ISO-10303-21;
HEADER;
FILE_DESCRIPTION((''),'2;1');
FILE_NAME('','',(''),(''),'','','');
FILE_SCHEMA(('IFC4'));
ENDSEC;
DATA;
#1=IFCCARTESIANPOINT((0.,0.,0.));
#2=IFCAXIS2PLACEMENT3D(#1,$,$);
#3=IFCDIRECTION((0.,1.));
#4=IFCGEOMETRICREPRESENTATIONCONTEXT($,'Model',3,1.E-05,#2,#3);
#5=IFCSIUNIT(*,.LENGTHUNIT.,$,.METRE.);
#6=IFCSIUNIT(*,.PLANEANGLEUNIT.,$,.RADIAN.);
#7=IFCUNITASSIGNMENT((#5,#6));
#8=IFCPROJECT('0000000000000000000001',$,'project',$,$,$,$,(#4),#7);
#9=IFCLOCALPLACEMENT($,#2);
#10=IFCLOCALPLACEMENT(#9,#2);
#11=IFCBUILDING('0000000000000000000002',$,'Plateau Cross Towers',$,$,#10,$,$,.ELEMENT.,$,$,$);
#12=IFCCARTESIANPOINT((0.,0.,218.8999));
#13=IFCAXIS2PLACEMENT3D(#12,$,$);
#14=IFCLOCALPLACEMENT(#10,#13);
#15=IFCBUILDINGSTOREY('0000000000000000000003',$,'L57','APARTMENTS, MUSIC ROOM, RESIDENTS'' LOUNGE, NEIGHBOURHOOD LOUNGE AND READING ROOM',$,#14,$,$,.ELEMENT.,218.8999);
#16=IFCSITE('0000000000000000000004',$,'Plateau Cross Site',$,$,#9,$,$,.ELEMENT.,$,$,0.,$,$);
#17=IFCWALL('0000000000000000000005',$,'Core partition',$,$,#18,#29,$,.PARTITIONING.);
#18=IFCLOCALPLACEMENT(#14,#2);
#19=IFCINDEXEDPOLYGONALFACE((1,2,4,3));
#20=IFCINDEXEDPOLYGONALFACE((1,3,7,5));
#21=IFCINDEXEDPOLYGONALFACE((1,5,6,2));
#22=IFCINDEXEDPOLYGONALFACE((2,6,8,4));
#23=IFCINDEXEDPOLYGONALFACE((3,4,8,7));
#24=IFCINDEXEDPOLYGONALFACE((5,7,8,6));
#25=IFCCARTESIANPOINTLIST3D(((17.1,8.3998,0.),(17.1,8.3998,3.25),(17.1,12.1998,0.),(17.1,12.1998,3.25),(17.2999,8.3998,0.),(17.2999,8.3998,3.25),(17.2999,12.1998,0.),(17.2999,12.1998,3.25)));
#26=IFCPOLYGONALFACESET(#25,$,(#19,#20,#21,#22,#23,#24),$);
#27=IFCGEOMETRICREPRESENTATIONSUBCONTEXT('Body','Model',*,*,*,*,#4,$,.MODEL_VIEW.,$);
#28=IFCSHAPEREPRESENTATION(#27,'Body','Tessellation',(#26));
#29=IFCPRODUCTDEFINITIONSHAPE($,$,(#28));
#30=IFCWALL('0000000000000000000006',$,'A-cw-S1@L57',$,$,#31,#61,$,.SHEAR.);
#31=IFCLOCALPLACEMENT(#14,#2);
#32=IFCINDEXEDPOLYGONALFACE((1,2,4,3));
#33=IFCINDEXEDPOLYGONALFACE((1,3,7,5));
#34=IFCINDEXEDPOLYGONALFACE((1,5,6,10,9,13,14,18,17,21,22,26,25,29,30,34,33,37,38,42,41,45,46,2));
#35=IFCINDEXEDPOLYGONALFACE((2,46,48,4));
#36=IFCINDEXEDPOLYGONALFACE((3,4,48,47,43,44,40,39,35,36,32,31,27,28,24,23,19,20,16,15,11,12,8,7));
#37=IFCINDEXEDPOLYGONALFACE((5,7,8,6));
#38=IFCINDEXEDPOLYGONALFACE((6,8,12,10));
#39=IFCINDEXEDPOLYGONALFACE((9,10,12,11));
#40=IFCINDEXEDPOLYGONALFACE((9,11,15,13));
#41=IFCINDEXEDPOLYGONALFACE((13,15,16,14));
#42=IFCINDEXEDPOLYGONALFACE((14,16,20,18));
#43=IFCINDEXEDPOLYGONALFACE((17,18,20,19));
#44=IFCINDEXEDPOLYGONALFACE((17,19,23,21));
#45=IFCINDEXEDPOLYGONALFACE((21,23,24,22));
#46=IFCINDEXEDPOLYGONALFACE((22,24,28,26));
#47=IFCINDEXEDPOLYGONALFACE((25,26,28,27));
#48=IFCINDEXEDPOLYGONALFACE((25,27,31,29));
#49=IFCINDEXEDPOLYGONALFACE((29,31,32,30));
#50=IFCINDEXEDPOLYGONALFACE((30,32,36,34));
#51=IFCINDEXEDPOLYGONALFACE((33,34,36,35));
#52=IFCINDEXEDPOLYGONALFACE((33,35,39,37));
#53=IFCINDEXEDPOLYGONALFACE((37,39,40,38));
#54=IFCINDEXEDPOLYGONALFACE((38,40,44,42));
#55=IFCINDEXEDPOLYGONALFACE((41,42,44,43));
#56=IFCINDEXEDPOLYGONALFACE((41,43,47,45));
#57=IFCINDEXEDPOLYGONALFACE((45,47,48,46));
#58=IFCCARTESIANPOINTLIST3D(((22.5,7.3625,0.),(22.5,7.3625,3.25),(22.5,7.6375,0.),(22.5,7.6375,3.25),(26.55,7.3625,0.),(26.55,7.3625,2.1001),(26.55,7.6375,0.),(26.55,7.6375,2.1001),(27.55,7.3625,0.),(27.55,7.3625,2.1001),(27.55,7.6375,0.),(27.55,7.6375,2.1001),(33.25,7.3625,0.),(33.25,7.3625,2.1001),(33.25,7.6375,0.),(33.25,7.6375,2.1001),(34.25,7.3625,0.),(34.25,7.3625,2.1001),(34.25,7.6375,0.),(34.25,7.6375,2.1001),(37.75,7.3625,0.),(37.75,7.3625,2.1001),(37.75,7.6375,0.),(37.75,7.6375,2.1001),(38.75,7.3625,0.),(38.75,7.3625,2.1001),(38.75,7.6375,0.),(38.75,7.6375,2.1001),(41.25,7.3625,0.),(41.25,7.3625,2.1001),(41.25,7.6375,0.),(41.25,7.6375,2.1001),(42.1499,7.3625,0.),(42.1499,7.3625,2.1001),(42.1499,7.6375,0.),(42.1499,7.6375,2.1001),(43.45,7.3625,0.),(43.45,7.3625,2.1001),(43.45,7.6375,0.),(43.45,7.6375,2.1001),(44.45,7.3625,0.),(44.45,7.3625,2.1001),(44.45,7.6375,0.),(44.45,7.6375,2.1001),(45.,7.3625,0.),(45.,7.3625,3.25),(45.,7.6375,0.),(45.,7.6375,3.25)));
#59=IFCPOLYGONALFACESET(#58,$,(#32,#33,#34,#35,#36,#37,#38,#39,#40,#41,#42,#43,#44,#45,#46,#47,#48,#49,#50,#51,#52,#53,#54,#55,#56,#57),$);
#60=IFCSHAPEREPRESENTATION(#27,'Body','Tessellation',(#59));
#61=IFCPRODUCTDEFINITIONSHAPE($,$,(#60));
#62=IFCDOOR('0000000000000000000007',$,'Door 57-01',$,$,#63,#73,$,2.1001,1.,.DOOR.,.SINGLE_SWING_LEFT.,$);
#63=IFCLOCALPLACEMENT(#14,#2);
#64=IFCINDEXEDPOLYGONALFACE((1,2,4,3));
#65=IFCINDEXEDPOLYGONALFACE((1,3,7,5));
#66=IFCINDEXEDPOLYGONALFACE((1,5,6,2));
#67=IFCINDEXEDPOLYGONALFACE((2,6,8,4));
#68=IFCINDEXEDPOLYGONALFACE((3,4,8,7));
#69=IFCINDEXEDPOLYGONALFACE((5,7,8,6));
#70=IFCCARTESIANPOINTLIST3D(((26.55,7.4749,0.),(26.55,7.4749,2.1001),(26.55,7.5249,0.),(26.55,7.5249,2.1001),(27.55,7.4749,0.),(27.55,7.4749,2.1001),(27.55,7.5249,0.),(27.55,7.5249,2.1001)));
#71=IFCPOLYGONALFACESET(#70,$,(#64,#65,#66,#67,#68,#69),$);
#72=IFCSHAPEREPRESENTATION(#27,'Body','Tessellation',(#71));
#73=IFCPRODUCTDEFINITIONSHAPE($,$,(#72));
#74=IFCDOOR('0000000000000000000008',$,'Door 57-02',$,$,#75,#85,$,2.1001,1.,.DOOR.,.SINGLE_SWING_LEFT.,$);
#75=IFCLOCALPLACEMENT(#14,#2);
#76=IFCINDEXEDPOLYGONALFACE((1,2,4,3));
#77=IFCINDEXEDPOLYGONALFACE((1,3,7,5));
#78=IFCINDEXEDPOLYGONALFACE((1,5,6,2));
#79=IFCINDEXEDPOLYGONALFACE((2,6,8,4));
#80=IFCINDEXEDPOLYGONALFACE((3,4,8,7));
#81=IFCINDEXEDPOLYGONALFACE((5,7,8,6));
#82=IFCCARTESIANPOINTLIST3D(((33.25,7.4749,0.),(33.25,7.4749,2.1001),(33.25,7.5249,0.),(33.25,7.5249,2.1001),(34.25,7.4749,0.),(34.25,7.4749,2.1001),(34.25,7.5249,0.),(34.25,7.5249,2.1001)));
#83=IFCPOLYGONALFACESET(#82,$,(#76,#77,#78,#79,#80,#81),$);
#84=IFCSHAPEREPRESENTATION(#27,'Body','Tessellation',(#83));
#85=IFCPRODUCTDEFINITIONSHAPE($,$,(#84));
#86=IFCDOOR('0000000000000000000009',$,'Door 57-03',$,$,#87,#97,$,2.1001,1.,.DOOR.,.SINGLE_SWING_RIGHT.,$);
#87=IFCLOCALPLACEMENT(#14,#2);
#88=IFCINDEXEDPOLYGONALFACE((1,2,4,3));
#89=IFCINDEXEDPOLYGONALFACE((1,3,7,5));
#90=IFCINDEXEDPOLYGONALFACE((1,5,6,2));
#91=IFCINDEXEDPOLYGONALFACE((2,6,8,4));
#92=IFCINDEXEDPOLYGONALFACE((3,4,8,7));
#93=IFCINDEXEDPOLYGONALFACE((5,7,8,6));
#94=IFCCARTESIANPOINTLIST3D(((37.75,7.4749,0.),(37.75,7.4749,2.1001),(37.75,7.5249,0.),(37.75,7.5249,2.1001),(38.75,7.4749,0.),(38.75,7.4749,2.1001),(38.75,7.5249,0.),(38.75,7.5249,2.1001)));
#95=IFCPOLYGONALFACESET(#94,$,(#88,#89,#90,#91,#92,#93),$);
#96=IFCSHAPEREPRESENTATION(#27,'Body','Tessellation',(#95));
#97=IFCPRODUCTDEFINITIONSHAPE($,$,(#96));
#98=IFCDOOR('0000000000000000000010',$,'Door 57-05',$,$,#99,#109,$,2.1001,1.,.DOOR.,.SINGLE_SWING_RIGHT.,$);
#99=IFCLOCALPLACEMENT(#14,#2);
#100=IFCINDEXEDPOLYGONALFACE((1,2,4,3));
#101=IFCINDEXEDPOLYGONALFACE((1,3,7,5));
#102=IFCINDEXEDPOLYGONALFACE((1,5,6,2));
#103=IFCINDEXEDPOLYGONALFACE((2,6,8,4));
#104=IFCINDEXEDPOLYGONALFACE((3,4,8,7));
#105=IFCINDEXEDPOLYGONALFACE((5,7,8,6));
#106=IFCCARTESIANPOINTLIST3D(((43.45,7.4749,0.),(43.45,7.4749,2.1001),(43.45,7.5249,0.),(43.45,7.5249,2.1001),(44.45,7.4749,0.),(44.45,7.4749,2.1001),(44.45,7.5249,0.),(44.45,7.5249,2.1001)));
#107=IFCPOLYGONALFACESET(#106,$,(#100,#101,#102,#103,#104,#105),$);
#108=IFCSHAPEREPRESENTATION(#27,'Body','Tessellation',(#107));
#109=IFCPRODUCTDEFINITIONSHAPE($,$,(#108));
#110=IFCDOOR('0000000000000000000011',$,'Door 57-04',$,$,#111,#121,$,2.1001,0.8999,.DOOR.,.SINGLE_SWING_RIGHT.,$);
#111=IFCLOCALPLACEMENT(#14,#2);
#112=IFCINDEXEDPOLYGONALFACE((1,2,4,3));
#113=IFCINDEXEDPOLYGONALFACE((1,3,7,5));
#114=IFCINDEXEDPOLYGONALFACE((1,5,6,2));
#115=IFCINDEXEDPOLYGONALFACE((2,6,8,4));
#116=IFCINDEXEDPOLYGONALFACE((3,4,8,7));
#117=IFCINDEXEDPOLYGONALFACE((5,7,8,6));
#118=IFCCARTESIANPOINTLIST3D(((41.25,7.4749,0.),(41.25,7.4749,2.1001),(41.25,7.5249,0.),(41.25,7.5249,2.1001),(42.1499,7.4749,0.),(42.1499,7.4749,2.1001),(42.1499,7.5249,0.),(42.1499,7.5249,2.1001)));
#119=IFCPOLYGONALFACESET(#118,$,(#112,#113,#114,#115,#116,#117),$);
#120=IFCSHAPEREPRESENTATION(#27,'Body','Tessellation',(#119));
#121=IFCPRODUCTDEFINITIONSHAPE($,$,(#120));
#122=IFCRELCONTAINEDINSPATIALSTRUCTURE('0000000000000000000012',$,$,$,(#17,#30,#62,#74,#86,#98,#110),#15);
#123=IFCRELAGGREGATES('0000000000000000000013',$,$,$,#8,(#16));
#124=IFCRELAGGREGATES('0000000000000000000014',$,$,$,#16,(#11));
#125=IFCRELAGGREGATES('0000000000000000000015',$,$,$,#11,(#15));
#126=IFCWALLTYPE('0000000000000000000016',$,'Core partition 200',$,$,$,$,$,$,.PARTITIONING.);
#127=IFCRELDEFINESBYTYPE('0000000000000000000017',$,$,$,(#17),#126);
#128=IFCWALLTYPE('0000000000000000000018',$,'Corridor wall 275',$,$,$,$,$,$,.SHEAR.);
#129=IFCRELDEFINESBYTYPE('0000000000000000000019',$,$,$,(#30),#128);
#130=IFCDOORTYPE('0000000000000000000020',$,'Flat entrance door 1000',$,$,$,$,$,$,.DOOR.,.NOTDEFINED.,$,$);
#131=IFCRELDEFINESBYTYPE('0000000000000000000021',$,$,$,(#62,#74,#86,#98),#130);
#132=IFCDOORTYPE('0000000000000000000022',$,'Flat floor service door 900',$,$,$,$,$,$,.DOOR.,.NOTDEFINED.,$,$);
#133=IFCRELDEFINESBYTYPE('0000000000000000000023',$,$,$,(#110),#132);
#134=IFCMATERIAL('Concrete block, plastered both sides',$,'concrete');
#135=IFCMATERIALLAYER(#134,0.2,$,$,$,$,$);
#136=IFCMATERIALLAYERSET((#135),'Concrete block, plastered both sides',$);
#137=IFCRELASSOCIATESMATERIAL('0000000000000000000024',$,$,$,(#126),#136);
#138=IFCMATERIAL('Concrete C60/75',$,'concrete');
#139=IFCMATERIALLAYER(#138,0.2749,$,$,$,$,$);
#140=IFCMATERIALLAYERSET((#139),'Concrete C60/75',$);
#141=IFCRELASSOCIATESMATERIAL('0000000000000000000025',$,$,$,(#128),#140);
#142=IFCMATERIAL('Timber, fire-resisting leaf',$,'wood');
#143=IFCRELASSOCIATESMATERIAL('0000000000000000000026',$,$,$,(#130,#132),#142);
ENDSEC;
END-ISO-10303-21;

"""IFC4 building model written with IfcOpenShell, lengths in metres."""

from ifc_helpers import new_model, si_unit, direction, frame, frame_2d, origin, place, context, subcontext, project, spatial, rectangle, extrude, material, layer, layer_set, type_object, element, fill, save


model = new_model("IFC4")

# Units and contexts
model_context = context("Model", 3, precision=1e-05, world=origin(), true_north=direction((0.0, 1.0)))
body_context = subcontext(model_context, "Body", "Model", "MODEL_VIEW")
ifc_project = project(units=[si_unit("LENGTHUNIT", "METRE"), si_unit("PLANEANGLEUNIT", "RADIAN")], contexts=[model_context])

# Site, building, storey
site_placement = place(None, origin())
site = spatial("IfcSite", under=ifc_project, at=site_placement, Name="Plateau Cross Site", CompositionType="ELEMENT", RefElevation=0.0)
building_placement = place(site_placement, origin())
building = spatial("IfcBuilding", under=site, at=building_placement, Name="Plateau Cross Towers", CompositionType="ELEMENT")
storey_placement = place(building_placement, frame((0.0, 0.0, 218.8999)))
storey = spatial("IfcBuildingStorey", under=building, at=storey_placement, Name="L57", Description="APARTMENTS, MUSIC ROOM, RESIDENTS' LOUNGE, NEIGHBOURHOOD LOUNGE AND READING ROOM", CompositionType="ELEMENT", Elevation=218.8999)

# Wall
ifc_material_1 = material(Name="Concrete block, plastered both sides", Category="concrete")
ifc_layer_1 = layer(ifc_material_1, 0.2)
ifc_layer_set_1 = layer_set([ifc_layer_1], Name="Concrete block, plastered both sides")
wall_type_1 = type_object("IfcWallType", Name="Core partition 200", PredefinedType="PARTITIONING", material=ifc_layer_set_1)
wall_1_placement = place(storey_placement, frame((17.2, 8.3999, 0.0), z_axis=(0.0, 0.0, 1.0), x_axis=(0.0, 1.0, 0.0)))
element("IfcWall", 1, at=wall_1_placement, inside=storey, type_object=wall_type_1, Name="Core partition", PredefinedType="PARTITIONING", context=body_context, shape_type="SweptSolid", body=[
    extrude(rectangle(XDim=3.8, YDim=0.2, at=frame_2d((1.8999, 0.0))), origin(), (0.0, 0.0, 1.0), 3.25),
])

# Wall, openings, doors
ifc_material_2 = material(Name="Concrete C60/75", Category="concrete")
ifc_layer_2 = layer(ifc_material_2, 0.2749)
ifc_layer_set_2 = layer_set([ifc_layer_2], Name="Concrete C60/75")
wall_type_2 = type_object("IfcWallType", Name="Corridor wall 275", PredefinedType="SHEAR", material=ifc_layer_set_2)
wall_2_placement = place(storey_placement, frame((22.5, 7.5, 0.0), z_axis=(0.0, 0.0, 1.0), x_axis=(1.0, 0.0, 0.0)))
wall_2 = element("IfcWall", 2, at=wall_2_placement, inside=storey, type_object=wall_type_2, Name="A-cw-S1@L57", PredefinedType="SHEAR", context=body_context, shape_type="SweptSolid", body=[
    extrude(rectangle(XDim=22.5, YDim=0.2749, at=frame_2d((11.25, 0.0))), origin(), (0.0, 0.0, 1.0), 3.25),
])
opening_1_placement = place(wall_2_placement, frame((4.05, 0.0, 0.0)))
opening_1 = element("IfcOpeningElement", 3, at=opening_1_placement, cuts=wall_2, PredefinedType="OPENING", context=body_context, shape_type="SweptSolid", body=[
    extrude(rectangle(XDim=1.0, YDim=2.1001, at=frame_2d((0.5, 1.05))), frame((0.0, 0.1475, 0.0), z_axis=(0.0, -1.0, 0.0), x_axis=(1.0, 0.0, 0.0)), (0.0, 0.0, 1.0), 0.2949),
])
opening_2_placement = place(wall_2_placement, frame((10.75, 0.0, 0.0)))
opening_2 = element("IfcOpeningElement", 4, at=opening_2_placement, cuts=wall_2, PredefinedType="OPENING", context=body_context, shape_type="SweptSolid", body=[
    extrude(rectangle(XDim=1.0, YDim=2.1001, at=frame_2d((0.5, 1.05))), frame((0.0, 0.1475, 0.0), z_axis=(0.0, -1.0, 0.0), x_axis=(1.0, 0.0, 0.0)), (0.0, 0.0, 1.0), 0.2949),
])
opening_3_placement = place(wall_2_placement, frame((15.25, 0.0, 0.0)))
opening_3 = element("IfcOpeningElement", 5, at=opening_3_placement, cuts=wall_2, PredefinedType="OPENING", context=body_context, shape_type="SweptSolid", body=[
    extrude(rectangle(XDim=1.0, YDim=2.1001, at=frame_2d((0.5, 1.05))), frame((0.0, 0.1475, 0.0), z_axis=(0.0, -1.0, 0.0), x_axis=(1.0, 0.0, 0.0)), (0.0, 0.0, 1.0), 0.2949),
])
opening_4_placement = place(wall_2_placement, frame((18.75, 0.0, 0.0)))
opening_4 = element("IfcOpeningElement", 6, at=opening_4_placement, cuts=wall_2, PredefinedType="OPENING", context=body_context, shape_type="SweptSolid", body=[
    extrude(rectangle(XDim=0.8999, YDim=2.1001, at=frame_2d((0.45, 1.05))), frame((0.0, 0.1475, 0.0), z_axis=(0.0, -1.0, 0.0), x_axis=(1.0, 0.0, 0.0)), (0.0, 0.0, 1.0), 0.2949),
])
opening_5_placement = place(wall_2_placement, frame((20.95, 0.0, 0.0)))
opening_5 = element("IfcOpeningElement", 7, at=opening_5_placement, cuts=wall_2, PredefinedType="OPENING", context=body_context, shape_type="SweptSolid", body=[
    extrude(rectangle(XDim=1.0, YDim=2.1001, at=frame_2d((0.5, 1.05))), frame((0.0, 0.1475, 0.0), z_axis=(0.0, -1.0, 0.0), x_axis=(1.0, 0.0, 0.0)), (0.0, 0.0, 1.0), 0.2949),
])
ifc_material_3 = material(Name="Timber, fire-resisting leaf", Category="wood")
door_type_1 = type_object("IfcDoorType", Name="Flat entrance door 1000", OperationType="NOTDEFINED", PredefinedType="DOOR", material=ifc_material_3)
door_1_placement = place(opening_1_placement, origin())
door_1 = element("IfcDoor", 8, at=door_1_placement, inside=storey, type_object=door_type_1, Name="Door 57-01", OperationType="SINGLE_SWING_LEFT", OverallHeight=2.1001, OverallWidth=1.0, PredefinedType="DOOR", context=body_context, shape_type="SweptSolid", body=[
    extrude(rectangle(XDim=1.0, YDim=2.1001, at=frame_2d((0.5, 1.05))), frame((0.0, 0.0249, 0.0), z_axis=(0.0, -1.0, 0.0), x_axis=(1.0, 0.0, 0.0)), (0.0, 0.0, 1.0), 0.05),
])
fill(opening_1, door_1)
door_2_placement = place(opening_2_placement, origin())
door_2 = element("IfcDoor", 9, at=door_2_placement, inside=storey, type_object=door_type_1, Name="Door 57-02", OperationType="SINGLE_SWING_LEFT", OverallHeight=2.1001, OverallWidth=1.0, PredefinedType="DOOR", context=body_context, shape_type="SweptSolid", body=[
    extrude(rectangle(XDim=1.0, YDim=2.1001, at=frame_2d((0.5, 1.05))), frame((0.0, 0.0249, 0.0), z_axis=(0.0, -1.0, 0.0), x_axis=(1.0, 0.0, 0.0)), (0.0, 0.0, 1.0), 0.05),
])
fill(opening_2, door_2)
door_3_placement = place(opening_3_placement, origin())
door_3 = element("IfcDoor", 10, at=door_3_placement, inside=storey, type_object=door_type_1, Name="Door 57-03", OperationType="SINGLE_SWING_RIGHT", OverallHeight=2.1001, OverallWidth=1.0, PredefinedType="DOOR", context=body_context, shape_type="SweptSolid", body=[
    extrude(rectangle(XDim=1.0, YDim=2.1001, at=frame_2d((0.5, 1.05))), frame((0.0, 0.0249, 0.0), z_axis=(0.0, -1.0, 0.0), x_axis=(1.0, 0.0, 0.0)), (0.0, 0.0, 1.0), 0.05),
])
fill(opening_3, door_3)
door_4_placement = place(opening_5_placement, origin())
door_4 = element("IfcDoor", 11, at=door_4_placement, inside=storey, type_object=door_type_1, Name="Door 57-05", OperationType="SINGLE_SWING_RIGHT", OverallHeight=2.1001, OverallWidth=1.0, PredefinedType="DOOR", context=body_context, shape_type="SweptSolid", body=[
    extrude(rectangle(XDim=1.0, YDim=2.1001, at=frame_2d((0.5, 1.05))), frame((0.0, 0.0249, 0.0), z_axis=(0.0, -1.0, 0.0), x_axis=(1.0, 0.0, 0.0)), (0.0, 0.0, 1.0), 0.05),
])
fill(opening_5, door_4)
door_type_2 = type_object("IfcDoorType", Name="Flat floor service door 900", OperationType="NOTDEFINED", PredefinedType="DOOR", material=ifc_material_3)
door_5_placement = place(opening_4_placement, origin())
door_5 = element("IfcDoor", 12, at=door_5_placement, inside=storey, type_object=door_type_2, Name="Door 57-04", OperationType="SINGLE_SWING_RIGHT", OverallHeight=2.1001, OverallWidth=0.8999, PredefinedType="DOOR", context=body_context, shape_type="SweptSolid", body=[
    extrude(rectangle(XDim=0.8999, YDim=2.1001, at=frame_2d((0.45, 1.05))), frame((0.0, 0.0249, 0.0), z_axis=(0.0, -1.0, 0.0), x_axis=(1.0, 0.0, 0.0)), (0.0, 0.0, 1.0), 0.05),
])
fill(opening_4, door_5)

save(model, "model.ifc")
